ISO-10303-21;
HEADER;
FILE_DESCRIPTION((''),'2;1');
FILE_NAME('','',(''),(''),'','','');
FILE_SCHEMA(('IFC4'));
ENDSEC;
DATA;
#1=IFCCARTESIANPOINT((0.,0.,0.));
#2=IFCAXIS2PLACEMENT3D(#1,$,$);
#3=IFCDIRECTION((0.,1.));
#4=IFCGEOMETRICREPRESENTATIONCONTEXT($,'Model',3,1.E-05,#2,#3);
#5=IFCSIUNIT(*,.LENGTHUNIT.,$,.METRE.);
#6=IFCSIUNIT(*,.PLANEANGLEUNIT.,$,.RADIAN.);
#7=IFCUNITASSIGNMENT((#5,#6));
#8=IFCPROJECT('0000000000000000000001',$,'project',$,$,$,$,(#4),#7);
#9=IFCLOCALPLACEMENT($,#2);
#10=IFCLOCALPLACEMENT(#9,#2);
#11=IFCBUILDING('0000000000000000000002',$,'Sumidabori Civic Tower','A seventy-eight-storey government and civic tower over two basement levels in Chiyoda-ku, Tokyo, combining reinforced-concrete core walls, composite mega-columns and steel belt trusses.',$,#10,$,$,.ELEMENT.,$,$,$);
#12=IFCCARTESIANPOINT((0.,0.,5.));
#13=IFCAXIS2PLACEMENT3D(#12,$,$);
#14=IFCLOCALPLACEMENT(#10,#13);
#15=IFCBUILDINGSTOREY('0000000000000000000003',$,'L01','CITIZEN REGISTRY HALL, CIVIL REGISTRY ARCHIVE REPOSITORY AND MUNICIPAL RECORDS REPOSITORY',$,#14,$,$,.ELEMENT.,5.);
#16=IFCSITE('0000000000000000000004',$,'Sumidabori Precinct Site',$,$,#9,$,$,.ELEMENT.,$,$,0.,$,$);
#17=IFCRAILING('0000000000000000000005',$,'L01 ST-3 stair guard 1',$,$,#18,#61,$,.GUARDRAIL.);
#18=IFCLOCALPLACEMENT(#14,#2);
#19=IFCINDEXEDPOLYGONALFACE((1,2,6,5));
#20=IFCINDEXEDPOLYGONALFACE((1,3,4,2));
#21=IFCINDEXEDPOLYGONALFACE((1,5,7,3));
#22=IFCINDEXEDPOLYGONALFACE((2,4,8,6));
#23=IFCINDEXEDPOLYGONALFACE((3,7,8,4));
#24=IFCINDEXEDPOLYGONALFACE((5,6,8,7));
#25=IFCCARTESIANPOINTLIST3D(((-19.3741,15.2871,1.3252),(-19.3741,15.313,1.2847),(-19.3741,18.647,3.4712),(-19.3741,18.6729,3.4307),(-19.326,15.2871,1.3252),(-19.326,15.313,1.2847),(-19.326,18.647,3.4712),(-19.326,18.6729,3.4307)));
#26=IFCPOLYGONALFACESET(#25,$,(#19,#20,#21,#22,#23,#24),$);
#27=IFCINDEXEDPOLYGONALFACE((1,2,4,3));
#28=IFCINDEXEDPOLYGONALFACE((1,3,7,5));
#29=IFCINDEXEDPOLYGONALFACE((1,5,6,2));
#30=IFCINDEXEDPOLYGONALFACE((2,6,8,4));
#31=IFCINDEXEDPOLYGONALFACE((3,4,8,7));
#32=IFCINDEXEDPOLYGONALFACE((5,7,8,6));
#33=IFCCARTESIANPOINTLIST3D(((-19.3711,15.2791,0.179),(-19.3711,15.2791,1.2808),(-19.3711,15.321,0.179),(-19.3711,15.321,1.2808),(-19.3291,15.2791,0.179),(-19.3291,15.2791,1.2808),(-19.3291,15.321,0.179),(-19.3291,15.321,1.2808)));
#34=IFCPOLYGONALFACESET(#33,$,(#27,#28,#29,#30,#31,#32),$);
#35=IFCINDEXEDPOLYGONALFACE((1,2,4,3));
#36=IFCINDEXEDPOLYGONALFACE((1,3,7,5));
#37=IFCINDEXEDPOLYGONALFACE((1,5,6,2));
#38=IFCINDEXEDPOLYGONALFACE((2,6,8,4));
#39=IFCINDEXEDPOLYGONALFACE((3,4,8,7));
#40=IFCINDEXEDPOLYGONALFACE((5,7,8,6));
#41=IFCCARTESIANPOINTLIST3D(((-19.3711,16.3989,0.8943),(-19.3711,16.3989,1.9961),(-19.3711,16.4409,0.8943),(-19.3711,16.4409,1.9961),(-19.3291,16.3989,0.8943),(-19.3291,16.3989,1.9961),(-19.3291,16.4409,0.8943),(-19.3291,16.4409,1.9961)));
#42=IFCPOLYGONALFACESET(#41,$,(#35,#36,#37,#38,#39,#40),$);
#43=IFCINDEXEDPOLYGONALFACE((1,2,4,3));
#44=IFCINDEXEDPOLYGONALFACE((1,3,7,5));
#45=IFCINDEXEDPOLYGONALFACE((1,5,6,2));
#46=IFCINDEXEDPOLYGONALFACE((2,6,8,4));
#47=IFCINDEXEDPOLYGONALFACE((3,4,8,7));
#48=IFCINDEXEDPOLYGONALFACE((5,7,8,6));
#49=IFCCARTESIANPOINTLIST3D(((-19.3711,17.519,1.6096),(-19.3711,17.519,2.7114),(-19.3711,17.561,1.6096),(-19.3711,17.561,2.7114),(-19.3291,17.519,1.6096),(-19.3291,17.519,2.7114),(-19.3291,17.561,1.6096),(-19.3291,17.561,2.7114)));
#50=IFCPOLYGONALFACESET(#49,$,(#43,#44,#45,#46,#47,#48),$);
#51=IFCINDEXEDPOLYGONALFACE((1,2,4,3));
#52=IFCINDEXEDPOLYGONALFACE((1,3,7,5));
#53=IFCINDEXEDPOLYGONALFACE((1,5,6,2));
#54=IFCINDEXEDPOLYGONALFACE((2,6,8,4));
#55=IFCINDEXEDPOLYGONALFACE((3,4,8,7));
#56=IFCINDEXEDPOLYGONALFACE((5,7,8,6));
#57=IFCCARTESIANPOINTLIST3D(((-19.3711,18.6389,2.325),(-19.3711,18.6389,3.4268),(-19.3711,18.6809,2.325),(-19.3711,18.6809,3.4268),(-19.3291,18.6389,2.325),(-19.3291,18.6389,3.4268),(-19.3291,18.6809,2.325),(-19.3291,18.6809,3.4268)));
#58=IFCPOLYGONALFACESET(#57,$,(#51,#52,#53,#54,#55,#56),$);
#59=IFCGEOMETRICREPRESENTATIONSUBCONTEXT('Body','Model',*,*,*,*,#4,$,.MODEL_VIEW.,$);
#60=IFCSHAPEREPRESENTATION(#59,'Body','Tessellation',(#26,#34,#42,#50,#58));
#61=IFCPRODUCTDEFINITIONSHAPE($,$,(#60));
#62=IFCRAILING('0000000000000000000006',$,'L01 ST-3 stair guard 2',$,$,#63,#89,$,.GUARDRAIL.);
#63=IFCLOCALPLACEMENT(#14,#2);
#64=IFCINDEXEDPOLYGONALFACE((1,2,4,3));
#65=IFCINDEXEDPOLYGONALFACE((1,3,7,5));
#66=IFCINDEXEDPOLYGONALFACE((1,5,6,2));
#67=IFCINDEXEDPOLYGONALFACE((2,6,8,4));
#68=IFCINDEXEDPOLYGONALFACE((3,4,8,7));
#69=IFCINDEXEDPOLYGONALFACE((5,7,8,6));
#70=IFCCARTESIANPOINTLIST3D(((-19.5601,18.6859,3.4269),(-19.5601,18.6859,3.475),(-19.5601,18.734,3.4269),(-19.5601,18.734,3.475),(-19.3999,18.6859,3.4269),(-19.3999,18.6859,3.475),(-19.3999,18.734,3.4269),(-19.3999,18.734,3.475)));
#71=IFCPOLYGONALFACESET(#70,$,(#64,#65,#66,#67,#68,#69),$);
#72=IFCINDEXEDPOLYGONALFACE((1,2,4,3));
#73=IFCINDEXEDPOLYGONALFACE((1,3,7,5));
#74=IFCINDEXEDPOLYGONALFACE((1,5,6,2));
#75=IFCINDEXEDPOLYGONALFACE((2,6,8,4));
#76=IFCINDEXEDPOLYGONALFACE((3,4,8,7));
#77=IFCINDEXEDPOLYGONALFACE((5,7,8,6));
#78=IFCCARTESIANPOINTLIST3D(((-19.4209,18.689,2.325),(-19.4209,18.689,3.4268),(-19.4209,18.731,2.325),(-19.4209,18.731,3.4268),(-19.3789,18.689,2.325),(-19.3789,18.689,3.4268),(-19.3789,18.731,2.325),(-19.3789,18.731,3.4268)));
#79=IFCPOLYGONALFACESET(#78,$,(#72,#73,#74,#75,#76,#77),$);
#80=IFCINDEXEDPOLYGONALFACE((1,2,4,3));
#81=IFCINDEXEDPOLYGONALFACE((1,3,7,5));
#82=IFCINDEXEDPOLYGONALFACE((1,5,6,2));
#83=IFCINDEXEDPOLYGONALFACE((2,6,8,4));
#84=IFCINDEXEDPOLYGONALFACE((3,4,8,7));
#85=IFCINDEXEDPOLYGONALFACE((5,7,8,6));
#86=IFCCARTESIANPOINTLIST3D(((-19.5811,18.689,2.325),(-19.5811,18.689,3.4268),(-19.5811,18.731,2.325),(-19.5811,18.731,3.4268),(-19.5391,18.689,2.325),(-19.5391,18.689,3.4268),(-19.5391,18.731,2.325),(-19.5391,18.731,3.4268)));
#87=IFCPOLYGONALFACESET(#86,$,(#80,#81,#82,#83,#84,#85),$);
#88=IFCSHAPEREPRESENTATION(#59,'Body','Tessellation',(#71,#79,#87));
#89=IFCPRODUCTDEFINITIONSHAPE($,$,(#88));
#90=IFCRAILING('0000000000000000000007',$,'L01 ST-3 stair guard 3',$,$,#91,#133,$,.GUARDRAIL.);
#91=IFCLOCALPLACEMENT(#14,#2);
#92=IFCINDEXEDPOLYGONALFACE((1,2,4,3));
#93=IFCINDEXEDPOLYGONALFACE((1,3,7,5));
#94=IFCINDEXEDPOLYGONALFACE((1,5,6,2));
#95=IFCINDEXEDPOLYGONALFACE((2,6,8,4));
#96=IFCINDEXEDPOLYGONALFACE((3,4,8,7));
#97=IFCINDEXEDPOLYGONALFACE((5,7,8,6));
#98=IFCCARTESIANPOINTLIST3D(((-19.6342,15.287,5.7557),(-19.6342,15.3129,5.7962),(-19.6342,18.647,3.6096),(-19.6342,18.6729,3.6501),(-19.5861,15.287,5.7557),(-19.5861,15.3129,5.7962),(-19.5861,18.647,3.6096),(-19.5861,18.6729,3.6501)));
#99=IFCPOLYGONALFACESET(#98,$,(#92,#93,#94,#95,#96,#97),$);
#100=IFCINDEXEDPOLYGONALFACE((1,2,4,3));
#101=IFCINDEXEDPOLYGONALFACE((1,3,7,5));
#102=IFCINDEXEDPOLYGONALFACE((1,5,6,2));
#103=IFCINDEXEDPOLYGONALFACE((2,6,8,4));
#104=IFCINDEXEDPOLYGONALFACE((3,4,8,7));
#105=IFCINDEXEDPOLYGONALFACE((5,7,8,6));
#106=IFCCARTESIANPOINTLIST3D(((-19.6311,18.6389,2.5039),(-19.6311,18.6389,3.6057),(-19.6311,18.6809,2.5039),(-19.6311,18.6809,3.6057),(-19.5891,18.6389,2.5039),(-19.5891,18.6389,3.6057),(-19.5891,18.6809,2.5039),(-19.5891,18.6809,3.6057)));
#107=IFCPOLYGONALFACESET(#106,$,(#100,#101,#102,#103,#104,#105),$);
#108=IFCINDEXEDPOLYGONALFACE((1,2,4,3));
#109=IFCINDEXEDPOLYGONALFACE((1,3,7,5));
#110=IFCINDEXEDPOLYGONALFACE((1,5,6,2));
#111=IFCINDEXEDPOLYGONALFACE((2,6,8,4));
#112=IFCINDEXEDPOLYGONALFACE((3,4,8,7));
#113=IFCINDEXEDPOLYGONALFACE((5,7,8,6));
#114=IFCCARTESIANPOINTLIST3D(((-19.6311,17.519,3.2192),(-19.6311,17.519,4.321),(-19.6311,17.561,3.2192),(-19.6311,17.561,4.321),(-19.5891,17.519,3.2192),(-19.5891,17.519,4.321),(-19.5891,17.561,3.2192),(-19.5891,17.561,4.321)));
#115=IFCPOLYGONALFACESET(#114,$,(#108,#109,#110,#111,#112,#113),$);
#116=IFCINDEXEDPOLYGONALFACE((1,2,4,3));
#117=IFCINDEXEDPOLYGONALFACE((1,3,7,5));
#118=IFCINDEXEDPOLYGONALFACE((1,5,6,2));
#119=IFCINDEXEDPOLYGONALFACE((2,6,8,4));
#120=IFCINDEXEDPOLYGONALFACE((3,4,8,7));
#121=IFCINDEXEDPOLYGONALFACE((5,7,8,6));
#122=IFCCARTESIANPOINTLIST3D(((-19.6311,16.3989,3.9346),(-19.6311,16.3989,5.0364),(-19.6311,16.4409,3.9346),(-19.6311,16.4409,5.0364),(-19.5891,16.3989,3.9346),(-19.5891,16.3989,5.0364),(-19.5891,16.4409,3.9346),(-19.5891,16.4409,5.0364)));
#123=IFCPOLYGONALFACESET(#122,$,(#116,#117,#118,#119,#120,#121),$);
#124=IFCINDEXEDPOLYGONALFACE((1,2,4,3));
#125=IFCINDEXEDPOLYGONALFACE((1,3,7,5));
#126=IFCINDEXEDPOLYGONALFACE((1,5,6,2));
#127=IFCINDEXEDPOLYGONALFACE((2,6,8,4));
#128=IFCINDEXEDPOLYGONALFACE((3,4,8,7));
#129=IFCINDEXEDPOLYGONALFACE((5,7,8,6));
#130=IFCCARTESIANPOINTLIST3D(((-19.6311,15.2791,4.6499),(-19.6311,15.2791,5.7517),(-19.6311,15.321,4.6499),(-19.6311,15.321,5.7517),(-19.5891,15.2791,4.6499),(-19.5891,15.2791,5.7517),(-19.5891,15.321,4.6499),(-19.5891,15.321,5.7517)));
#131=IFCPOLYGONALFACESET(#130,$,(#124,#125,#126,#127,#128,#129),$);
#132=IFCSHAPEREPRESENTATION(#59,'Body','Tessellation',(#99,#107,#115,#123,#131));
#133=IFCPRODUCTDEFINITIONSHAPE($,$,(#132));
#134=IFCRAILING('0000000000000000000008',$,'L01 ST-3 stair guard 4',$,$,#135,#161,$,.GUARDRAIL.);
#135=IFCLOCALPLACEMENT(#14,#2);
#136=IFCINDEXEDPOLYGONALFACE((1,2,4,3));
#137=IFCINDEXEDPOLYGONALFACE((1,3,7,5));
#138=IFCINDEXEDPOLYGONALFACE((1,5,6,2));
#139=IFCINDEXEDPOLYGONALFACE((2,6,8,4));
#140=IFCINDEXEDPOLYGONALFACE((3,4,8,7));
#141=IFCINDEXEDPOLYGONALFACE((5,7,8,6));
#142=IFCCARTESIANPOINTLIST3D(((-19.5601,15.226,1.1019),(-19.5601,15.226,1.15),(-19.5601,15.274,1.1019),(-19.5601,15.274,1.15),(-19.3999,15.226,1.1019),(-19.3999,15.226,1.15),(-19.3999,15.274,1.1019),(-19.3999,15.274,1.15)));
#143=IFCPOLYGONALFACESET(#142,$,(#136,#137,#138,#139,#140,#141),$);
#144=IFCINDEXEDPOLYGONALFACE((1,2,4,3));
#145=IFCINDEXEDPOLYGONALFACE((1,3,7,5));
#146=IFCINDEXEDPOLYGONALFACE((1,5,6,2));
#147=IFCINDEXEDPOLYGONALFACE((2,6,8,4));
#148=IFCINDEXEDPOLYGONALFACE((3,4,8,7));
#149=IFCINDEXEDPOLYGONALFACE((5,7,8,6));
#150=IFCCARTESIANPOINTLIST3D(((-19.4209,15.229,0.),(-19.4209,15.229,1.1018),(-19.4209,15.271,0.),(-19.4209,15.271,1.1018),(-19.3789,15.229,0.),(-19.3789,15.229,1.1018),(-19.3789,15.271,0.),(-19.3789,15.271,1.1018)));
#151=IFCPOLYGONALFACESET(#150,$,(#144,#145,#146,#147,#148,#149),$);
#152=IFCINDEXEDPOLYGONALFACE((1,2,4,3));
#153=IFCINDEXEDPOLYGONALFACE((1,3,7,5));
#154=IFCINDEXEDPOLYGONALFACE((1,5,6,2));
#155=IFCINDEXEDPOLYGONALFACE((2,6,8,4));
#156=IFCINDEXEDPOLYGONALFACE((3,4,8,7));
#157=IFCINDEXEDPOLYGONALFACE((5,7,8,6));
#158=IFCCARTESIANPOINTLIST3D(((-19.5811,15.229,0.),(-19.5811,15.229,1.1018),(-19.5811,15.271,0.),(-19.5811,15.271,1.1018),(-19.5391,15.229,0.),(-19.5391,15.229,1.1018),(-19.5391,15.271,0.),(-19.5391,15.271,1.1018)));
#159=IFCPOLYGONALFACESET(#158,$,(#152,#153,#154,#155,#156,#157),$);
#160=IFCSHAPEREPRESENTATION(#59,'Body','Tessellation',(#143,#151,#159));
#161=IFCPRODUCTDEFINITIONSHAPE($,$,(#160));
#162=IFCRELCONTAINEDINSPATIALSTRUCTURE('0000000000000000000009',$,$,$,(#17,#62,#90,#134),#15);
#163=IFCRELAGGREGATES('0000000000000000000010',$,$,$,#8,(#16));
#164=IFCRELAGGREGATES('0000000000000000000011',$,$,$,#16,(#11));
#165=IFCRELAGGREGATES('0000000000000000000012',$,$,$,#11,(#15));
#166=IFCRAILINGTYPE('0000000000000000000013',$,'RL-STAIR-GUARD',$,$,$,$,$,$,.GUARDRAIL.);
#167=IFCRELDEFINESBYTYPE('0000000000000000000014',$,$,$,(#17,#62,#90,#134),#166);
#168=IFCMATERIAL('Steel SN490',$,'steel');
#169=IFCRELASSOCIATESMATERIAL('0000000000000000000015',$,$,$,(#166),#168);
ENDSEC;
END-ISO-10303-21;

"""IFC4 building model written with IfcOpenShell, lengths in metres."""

from ifc_helpers import new_model, si_unit, direction, frame, origin, origin_2d, place, context, subcontext, project, spatial, rectangle, extrude, material, type_object, element, save


model = new_model("IFC4")

# Units and contexts
model_context = context("Model", 3, precision=1e-05, world=origin(), true_north=direction((0.0, 1.0)))
body_context = subcontext(model_context, "Body", "Model", "MODEL_VIEW")
ifc_project = project(units=[si_unit("LENGTHUNIT", "METRE"), si_unit("PLANEANGLEUNIT", "RADIAN")], contexts=[model_context])

# Site, building, storey
site_placement = place(None, origin())
site = spatial("IfcSite", under=ifc_project, at=site_placement, Name="Sumidabori Precinct Site", CompositionType="ELEMENT", RefElevation=0.0)
building_placement = place(site_placement, origin())
building = spatial("IfcBuilding", under=site, at=building_placement, Name="Sumidabori Civic Tower", Description="A seventy-eight-storey government and civic tower over two basement levels in Chiyoda-ku, Tokyo, combining reinforced-concrete core walls, composite mega-columns and steel belt trusses.", CompositionType="ELEMENT")
storey_placement = place(building_placement, frame((0.0, 0.0, 5.0)))
storey = spatial("IfcBuildingStorey", under=building, at=storey_placement, Name="L01", Description="CITIZEN REGISTRY HALL, CIVIL REGISTRY ARCHIVE REPOSITORY AND MUNICIPAL RECORDS REPOSITORY", CompositionType="ELEMENT", Elevation=5.0)

# Shared definitions
ifc_material_1 = material(Name="Steel SN490", Category="steel")

# Railings
railing_type_1 = type_object("IfcRailingType", Name="RL-STAIR-GUARD", PredefinedType="GUARDRAIL", material=ifc_material_1)
railing_1_placement = place(storey_placement, frame((-19.3501, 15.3, 0.179)))
element("IfcRailing", 1, at=railing_1_placement, inside=storey, type_object=railing_type_1, Name="L01 ST-3 stair guard 1", PredefinedType="GUARDRAIL", context=body_context, shape_type="SweptSolid", body=[
    extrude(rectangle(XDim=0.0481, YDim=0.0481, at=origin_2d()), frame((0.0, 0.0, 1.126), z_axis=(0.0, 0.842763, 0.538285), x_axis=(-1.0, 0.0, 0.0)), (0.0, 0.0, 1.0), 3.9868),
    extrude(rectangle(XDim=0.042, YDim=0.042, at=origin_2d()), origin(), (0.0, 0.0, 1.0), 1.1018),
    extrude(rectangle(XDim=0.042, YDim=0.042, at=origin_2d()), frame((0.0, 1.1199, 0.7153)), (0.0, 0.0, 1.0), 1.1018),
    extrude(rectangle(XDim=0.042, YDim=0.042, at=origin_2d()), frame((0.0, 2.24, 1.4307)), (0.0, 0.0, 1.0), 1.1018),
    extrude(rectangle(XDim=0.042, YDim=0.042, at=origin_2d()), frame((0.0, 3.3599, 2.146)), (0.0, 0.0, 1.0), 1.1018),
])
railing_2_placement = place(storey_placement, frame((-19.3999, 18.71, 2.325)))
element("IfcRailing", 2, at=railing_2_placement, inside=storey, type_object=railing_type_1, Name="L01 ST-3 stair guard 2", PredefinedType="GUARDRAIL", context=body_context, shape_type="SweptSolid", body=[
    extrude(rectangle(XDim=0.0481, YDim=0.0481, at=origin_2d()), frame((0.0, 0.0, 1.126), z_axis=(-1.0, 0.0, 0.0), x_axis=(0.0, -1.0, 0.0)), (0.0, 0.0, 1.0), 0.1602),
    extrude(rectangle(XDim=0.042, YDim=0.042, at=origin_2d()), origin(), (0.0, 0.0, 1.0), 1.1018),
    extrude(rectangle(XDim=0.042, YDim=0.042, at=origin_2d()), frame((-0.1602, 0.0, 0.0)), (0.0, 0.0, 1.0), 1.1018),
])
railing_3_placement = place(storey_placement, frame((-19.6101, 18.6599, 2.5039)))
element("IfcRailing", 3, at=railing_3_placement, inside=storey, type_object=railing_type_1, Name="L01 ST-3 stair guard 3", PredefinedType="GUARDRAIL", context=body_context, shape_type="SweptSolid", body=[
    extrude(rectangle(XDim=0.0481, YDim=0.0481, at=origin_2d()), frame((0.0, 0.0, 1.126), z_axis=(0.0, -0.842763, 0.538285), x_axis=(1.0, 0.0, 0.0)), (0.0, 0.0, 1.0), 3.9868),
    extrude(rectangle(XDim=0.042, YDim=0.042, at=origin_2d()), origin(), (0.0, 0.0, 1.0), 1.1018),
    extrude(rectangle(XDim=0.042, YDim=0.042, at=origin_2d()), frame((0.0, -1.1199, 0.7153)), (0.0, 0.0, 1.0), 1.1018),
    extrude(rectangle(XDim=0.042, YDim=0.042, at=origin_2d()), frame((0.0, -2.24, 1.4307)), (0.0, 0.0, 1.0), 1.1018),
    extrude(rectangle(XDim=0.042, YDim=0.042, at=origin_2d()), frame((0.0, -3.3599, 2.146)), (0.0, 0.0, 1.0), 1.1018),
])
railing_4_placement = place(storey_placement, frame((-19.3999, 15.25, 0.0)))
element("IfcRailing", 4, at=railing_4_placement, inside=storey, type_object=railing_type_1, Name="L01 ST-3 stair guard 4", PredefinedType="GUARDRAIL", context=body_context, shape_type="SweptSolid", body=[
    extrude(rectangle(XDim=0.0481, YDim=0.0481, at=origin_2d()), frame((0.0, 0.0, 1.126), z_axis=(-1.0, 0.0, 0.0), x_axis=(0.0, -1.0, 0.0)), (0.0, 0.0, 1.0), 0.1602),
    extrude(rectangle(XDim=0.042, YDim=0.042, at=origin_2d()), origin(), (0.0, 0.0, 1.0), 1.1018),
    extrude(rectangle(XDim=0.042, YDim=0.042, at=origin_2d()), frame((-0.1602, 0.0, 0.0)), (0.0, 0.0, 1.0), 1.1018),
])

save(model, "model.ifc")
